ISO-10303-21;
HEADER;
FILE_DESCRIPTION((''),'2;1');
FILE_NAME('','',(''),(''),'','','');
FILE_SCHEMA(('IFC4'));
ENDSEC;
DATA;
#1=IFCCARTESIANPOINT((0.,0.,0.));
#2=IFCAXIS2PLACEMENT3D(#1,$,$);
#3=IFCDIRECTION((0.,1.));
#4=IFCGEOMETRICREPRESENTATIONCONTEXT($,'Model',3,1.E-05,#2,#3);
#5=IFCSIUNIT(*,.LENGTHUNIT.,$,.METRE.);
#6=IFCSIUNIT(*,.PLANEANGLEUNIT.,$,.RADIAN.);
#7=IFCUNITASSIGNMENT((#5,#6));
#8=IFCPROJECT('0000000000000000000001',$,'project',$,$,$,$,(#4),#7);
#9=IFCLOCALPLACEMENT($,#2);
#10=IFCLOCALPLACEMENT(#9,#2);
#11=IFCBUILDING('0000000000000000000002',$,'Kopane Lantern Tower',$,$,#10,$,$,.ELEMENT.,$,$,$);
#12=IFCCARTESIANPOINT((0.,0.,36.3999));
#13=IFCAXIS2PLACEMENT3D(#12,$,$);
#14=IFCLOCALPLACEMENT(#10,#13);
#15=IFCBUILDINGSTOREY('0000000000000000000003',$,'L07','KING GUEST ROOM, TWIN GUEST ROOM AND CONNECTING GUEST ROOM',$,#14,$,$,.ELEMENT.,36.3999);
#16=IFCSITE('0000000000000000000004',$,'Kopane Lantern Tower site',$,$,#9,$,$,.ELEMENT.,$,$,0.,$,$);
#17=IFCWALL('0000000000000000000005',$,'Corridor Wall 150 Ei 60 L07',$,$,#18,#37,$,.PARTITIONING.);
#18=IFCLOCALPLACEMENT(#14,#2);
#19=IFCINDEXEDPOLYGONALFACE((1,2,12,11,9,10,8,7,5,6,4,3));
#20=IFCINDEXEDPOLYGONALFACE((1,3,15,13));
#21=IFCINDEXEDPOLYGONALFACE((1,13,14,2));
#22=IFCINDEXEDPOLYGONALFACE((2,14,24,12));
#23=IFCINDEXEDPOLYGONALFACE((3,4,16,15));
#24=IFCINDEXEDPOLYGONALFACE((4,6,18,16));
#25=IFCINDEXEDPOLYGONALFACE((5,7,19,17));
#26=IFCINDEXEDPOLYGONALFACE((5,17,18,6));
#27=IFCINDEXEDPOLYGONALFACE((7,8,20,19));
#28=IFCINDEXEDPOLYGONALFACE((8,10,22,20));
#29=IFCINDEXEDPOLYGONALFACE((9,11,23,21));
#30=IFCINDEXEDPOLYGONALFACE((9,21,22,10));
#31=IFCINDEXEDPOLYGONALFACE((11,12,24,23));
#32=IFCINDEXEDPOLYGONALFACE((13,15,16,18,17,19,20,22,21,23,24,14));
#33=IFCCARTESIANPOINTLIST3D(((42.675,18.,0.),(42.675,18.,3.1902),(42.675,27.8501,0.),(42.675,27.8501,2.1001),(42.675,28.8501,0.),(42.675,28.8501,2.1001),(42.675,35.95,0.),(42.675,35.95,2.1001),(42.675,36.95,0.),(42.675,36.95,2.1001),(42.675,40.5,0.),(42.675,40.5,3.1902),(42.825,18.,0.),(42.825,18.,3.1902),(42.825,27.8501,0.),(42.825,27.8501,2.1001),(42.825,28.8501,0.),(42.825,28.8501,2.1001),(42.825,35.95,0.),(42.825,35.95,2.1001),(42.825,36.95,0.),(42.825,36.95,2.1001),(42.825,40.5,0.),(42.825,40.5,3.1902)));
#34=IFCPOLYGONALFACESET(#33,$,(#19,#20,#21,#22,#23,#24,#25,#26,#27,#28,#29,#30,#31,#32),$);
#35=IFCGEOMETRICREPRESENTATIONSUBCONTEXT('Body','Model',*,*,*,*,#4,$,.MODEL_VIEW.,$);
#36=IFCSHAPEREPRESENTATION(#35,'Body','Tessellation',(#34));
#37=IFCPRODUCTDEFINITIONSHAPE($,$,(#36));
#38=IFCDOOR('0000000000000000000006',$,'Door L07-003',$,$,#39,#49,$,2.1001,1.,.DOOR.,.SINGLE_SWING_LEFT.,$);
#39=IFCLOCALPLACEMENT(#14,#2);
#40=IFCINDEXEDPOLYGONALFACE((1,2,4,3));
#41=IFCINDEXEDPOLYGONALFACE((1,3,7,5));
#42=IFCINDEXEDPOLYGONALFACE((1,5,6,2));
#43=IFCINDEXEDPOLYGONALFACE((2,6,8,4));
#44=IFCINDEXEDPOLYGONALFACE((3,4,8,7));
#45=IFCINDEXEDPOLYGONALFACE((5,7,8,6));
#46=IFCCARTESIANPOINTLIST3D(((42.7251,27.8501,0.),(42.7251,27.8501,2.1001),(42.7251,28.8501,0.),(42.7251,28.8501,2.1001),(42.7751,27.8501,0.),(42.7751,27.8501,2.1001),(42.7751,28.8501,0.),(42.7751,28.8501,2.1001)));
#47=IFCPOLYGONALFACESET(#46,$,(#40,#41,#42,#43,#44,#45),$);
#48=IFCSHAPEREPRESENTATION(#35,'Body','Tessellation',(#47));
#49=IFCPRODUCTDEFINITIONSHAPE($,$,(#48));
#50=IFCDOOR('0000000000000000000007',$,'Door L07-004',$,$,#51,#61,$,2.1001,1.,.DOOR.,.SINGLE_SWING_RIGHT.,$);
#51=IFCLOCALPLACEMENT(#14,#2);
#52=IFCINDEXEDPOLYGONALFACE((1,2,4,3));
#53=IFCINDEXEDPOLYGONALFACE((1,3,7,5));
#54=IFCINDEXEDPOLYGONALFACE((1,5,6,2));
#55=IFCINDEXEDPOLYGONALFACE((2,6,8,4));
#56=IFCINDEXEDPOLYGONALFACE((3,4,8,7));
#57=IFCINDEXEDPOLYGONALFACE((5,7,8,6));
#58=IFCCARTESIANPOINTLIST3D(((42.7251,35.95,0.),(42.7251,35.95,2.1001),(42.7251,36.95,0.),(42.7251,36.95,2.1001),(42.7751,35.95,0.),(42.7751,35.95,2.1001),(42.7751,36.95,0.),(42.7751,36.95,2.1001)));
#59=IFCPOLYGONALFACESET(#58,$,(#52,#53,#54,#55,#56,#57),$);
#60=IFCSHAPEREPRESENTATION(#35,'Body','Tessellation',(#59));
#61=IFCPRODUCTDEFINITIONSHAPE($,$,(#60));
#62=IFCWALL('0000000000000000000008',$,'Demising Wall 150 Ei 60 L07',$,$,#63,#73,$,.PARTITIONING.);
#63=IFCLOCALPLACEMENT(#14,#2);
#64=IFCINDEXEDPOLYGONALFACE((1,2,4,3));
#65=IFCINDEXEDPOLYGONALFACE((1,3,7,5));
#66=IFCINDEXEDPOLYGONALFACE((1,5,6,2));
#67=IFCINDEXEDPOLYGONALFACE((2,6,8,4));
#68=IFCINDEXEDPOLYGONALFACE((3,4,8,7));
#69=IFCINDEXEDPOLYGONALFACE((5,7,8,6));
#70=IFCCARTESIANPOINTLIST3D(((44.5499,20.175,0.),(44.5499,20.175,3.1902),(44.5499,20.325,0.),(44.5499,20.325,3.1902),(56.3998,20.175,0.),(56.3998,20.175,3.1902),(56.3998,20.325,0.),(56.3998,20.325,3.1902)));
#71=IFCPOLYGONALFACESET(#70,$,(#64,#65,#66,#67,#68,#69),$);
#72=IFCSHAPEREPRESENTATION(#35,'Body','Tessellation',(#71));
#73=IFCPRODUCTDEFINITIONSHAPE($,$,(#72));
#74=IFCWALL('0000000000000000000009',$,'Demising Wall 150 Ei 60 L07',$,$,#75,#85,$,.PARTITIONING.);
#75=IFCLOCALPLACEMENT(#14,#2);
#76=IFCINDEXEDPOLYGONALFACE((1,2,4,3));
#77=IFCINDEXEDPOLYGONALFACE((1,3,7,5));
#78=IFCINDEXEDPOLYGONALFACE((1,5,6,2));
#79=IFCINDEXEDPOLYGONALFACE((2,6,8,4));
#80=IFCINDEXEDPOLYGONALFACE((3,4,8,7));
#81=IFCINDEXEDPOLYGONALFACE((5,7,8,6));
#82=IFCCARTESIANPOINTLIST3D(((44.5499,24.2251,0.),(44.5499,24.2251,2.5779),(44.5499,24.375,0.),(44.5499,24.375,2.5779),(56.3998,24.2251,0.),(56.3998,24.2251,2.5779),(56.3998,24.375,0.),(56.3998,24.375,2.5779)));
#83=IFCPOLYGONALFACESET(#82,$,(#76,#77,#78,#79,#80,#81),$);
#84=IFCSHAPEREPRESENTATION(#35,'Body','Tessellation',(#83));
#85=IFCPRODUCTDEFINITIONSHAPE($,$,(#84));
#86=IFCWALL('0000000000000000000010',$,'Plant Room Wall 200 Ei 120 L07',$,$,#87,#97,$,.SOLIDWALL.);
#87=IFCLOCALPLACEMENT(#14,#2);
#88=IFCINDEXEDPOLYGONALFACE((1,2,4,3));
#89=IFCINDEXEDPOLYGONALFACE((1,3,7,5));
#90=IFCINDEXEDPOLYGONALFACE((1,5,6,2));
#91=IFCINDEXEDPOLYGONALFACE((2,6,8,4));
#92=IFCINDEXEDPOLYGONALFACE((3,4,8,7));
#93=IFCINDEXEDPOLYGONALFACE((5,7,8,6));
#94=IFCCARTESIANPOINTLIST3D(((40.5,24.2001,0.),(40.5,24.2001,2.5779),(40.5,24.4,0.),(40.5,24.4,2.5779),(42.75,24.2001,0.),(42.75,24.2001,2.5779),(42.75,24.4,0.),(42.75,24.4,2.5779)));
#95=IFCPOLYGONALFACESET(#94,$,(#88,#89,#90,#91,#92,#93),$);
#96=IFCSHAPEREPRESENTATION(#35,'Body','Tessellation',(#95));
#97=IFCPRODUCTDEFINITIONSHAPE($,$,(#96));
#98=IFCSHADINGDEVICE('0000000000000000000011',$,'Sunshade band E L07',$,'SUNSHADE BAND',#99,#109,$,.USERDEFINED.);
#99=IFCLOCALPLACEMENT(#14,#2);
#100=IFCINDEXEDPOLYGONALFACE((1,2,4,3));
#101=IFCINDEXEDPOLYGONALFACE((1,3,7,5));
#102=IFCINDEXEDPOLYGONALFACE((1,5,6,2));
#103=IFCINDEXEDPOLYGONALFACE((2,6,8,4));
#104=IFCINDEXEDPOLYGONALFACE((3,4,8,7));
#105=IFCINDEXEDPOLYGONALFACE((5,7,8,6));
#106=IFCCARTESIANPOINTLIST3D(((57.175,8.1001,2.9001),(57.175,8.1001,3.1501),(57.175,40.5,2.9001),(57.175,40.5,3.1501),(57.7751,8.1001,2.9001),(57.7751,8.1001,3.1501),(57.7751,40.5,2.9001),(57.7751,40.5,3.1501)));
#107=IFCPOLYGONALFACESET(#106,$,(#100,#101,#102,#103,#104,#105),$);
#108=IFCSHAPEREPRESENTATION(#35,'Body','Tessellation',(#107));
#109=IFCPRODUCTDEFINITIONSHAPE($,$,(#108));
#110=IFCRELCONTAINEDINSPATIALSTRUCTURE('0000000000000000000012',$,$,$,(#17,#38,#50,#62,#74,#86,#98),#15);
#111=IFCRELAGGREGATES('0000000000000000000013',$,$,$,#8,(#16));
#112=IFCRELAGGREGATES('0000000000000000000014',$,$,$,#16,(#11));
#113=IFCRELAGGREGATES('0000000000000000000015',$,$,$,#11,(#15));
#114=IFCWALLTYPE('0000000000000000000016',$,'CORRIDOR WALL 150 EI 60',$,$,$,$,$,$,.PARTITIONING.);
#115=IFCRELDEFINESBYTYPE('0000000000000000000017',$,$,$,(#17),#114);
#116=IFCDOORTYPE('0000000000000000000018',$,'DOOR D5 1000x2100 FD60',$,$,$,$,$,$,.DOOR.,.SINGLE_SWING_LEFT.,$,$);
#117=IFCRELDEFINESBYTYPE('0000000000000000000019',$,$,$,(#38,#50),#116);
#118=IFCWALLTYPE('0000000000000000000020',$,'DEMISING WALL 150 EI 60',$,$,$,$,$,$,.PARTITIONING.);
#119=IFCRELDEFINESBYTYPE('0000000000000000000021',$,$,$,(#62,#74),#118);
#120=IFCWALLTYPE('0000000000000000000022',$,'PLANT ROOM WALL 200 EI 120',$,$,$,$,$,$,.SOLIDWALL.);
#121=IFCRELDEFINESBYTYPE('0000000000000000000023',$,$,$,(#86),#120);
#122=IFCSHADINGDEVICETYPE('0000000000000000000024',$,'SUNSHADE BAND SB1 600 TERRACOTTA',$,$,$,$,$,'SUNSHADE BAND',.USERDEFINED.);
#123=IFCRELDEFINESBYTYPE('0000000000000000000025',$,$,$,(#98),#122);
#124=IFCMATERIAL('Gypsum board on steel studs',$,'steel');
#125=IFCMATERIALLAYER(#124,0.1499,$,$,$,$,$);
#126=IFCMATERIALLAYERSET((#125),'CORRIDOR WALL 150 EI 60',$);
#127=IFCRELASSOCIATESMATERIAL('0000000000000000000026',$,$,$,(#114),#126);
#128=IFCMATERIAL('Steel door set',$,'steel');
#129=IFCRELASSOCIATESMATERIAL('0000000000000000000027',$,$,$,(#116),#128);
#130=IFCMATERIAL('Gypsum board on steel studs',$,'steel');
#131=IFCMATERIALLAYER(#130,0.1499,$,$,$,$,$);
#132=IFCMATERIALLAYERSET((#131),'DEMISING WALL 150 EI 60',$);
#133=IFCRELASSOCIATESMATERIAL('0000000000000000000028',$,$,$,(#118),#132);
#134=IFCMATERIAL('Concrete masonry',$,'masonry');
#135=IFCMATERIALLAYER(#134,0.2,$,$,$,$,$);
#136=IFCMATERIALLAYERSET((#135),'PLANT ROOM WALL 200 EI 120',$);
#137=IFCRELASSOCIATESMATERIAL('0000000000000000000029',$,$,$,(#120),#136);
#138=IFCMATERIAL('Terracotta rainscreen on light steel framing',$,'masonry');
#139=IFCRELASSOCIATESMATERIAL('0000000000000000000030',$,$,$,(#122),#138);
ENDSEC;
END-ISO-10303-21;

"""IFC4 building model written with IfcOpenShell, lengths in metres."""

from ifc_helpers import new_model, si_unit, direction, frame, frame_2d, origin, origin_2d, place, context, subcontext, project, spatial, rectangle, extrude, material, layer, layer_set, type_object, element, fill, save


model = new_model("IFC4")

# Units and contexts
model_context = context("Model", 3, precision=1e-05, world=origin(), true_north=direction((0.0, 1.0)))
body_context = subcontext(model_context, "Body", "Model", "MODEL_VIEW")
ifc_project = project(units=[si_unit("LENGTHUNIT", "METRE"), si_unit("PLANEANGLEUNIT", "RADIAN")], contexts=[model_context])

# Site, building, storey
site_placement = place(None, origin())
site = spatial("IfcSite", under=ifc_project, at=site_placement, Name="Kopane Lantern Tower site", CompositionType="ELEMENT", RefElevation=0.0)
building_placement = place(site_placement, origin())
building = spatial("IfcBuilding", under=site, at=building_placement, Name="Kopane Lantern Tower", CompositionType="ELEMENT")
storey_placement = place(building_placement, frame((0.0, 0.0, 36.3999)))
storey = spatial("IfcBuildingStorey", under=building, at=storey_placement, Name="L07", Description="KING GUEST ROOM, TWIN GUEST ROOM AND CONNECTING GUEST ROOM", CompositionType="ELEMENT", Elevation=36.3999)

# Wall, openings, doors
ifc_material_1 = material(Name="Gypsum board on steel studs", Category="steel")
ifc_layer_1 = layer(ifc_material_1, 0.1499)
ifc_layer_set_1 = layer_set([ifc_layer_1], Name="CORRIDOR WALL 150 EI 60")
wall_type_1 = type_object("IfcWallType", Name="CORRIDOR WALL 150 EI 60", PredefinedType="PARTITIONING", material=ifc_layer_set_1)
wall_1_placement = place(storey_placement, frame((42.75, 18.0, 0.0), z_axis=(0.0, 0.0, 1.0), x_axis=(0.0, 1.0, 0.0)))
wall_1 = element("IfcWall", 1, at=wall_1_placement, inside=storey, type_object=wall_type_1, Name="Corridor Wall 150 Ei 60 L07", PredefinedType="PARTITIONING", context=body_context, shape_type="SweptSolid", body=[
    extrude(rectangle(XDim=22.5, YDim=0.1499, at=frame_2d((11.25, 0.0))), origin(), (0.0, 0.0, 1.0), 3.1902),
])
opening_1_placement = place(wall_1_placement, frame((9.8501, 0.0, 0.0)))
opening_1 = element("IfcOpeningElement", 2, at=opening_1_placement, cuts=wall_1, PredefinedType="OPENING", context=body_context, shape_type="SweptSolid", body=[
    extrude(rectangle(XDim=1.0, YDim=2.1001, at=frame_2d((0.5, 1.05))), frame((0.0, 0.085, 0.0), z_axis=(0.0, -1.0, 0.0), x_axis=(1.0, 0.0, 0.0)), (0.0, 0.0, 1.0), 0.1699),
])
opening_2_placement = place(wall_1_placement, frame((17.95, 0.0, 0.0)))
opening_2 = element("IfcOpeningElement", 3, at=opening_2_placement, cuts=wall_1, PredefinedType="OPENING", context=body_context, shape_type="SweptSolid", body=[
    extrude(rectangle(XDim=1.0, YDim=2.1001, at=frame_2d((0.5, 1.05))), frame((0.0, 0.085, 0.0), z_axis=(0.0, -1.0, 0.0), x_axis=(1.0, 0.0, 0.0)), (0.0, 0.0, 1.0), 0.1699),
])
ifc_material_2 = material(Name="Steel door set", Category="steel")
door_type_1 = type_object("IfcDoorType", Name="DOOR D5 1000x2100 FD60", OperationType="SINGLE_SWING_LEFT", PredefinedType="DOOR", material=ifc_material_2)
door_1_placement = place(opening_1_placement, origin())
door_1 = element("IfcDoor", 4, at=door_1_placement, inside=storey, type_object=door_type_1, Name="Door L07-003", OperationType="SINGLE_SWING_LEFT", OverallHeight=2.1001, OverallWidth=1.0, PredefinedType="DOOR", context=body_context, shape_type="SweptSolid", body=[
    extrude(rectangle(XDim=1.0, YDim=2.1001, at=frame_2d((0.5, 1.05))), frame((0.0, 0.0249, 0.0), z_axis=(0.0, -1.0, 0.0), x_axis=(1.0, 0.0, 0.0)), (0.0, 0.0, 1.0), 0.05),
])
fill(opening_1, door_1)
door_2_placement = place(opening_2_placement, origin())
door_2 = element("IfcDoor", 5, at=door_2_placement, inside=storey, type_object=door_type_1, Name="Door L07-004", OperationType="SINGLE_SWING_RIGHT", OverallHeight=2.1001, OverallWidth=1.0, PredefinedType="DOOR", context=body_context, shape_type="SweptSolid", body=[
    extrude(rectangle(XDim=1.0, YDim=2.1001, at=frame_2d((0.5, 1.05))), frame((0.0, 0.0249, 0.0), z_axis=(0.0, -1.0, 0.0), x_axis=(1.0, 0.0, 0.0)), (0.0, 0.0, 1.0), 0.05),
])
fill(opening_2, door_2)

# Walls
ifc_material_3 = material(Name="Gypsum board on steel studs", Category="steel")
ifc_layer_2 = layer(ifc_material_3, 0.1499)
ifc_layer_set_2 = layer_set([ifc_layer_2], Name="DEMISING WALL 150 EI 60")
wall_type_2 = type_object("IfcWallType", Name="DEMISING WALL 150 EI 60", PredefinedType="PARTITIONING", material=ifc_layer_set_2)
wall_2_placement = place(storey_placement, frame((44.55, 20.25, 0.0), z_axis=(0.0, 0.0, 1.0), x_axis=(1.0, 0.0, 0.0)))
element("IfcWall", 6, at=wall_2_placement, inside=storey, type_object=wall_type_2, Name="Demising Wall 150 Ei 60 L07", PredefinedType="PARTITIONING", context=body_context, shape_type="SweptSolid", body=[
    extrude(rectangle(XDim=11.8499, YDim=0.1499, at=frame_2d((5.9248, 0.0))), origin(), (0.0, 0.0, 1.0), 3.1902),
])
wall_3_placement = place(storey_placement, frame((44.55, 24.3, 0.0), z_axis=(0.0, 0.0, 1.0), x_axis=(1.0, 0.0, 0.0)))
element("IfcWall", 7, at=wall_3_placement, inside=storey, type_object=wall_type_2, Name="Demising Wall 150 Ei 60 L07", PredefinedType="PARTITIONING", context=body_context, shape_type="SweptSolid", body=[
    extrude(rectangle(XDim=11.8499, YDim=0.1499, at=frame_2d((5.9248, 0.0))), origin(), (0.0, 0.0, 1.0), 2.5779),
])
ifc_material_4 = material(Name="Concrete masonry", Category="masonry")
ifc_layer_3 = layer(ifc_material_4, 0.2)
ifc_layer_set_3 = layer_set([ifc_layer_3], Name="PLANT ROOM WALL 200 EI 120")
wall_type_3 = type_object("IfcWallType", Name="PLANT ROOM WALL 200 EI 120", PredefinedType="SOLIDWALL", material=ifc_layer_set_3)
wall_4_placement = place(storey_placement, frame((40.5, 24.3, 0.0), z_axis=(0.0, 0.0, 1.0), x_axis=(1.0, 0.0, 0.0)))
element("IfcWall", 8, at=wall_4_placement, inside=storey, type_object=wall_type_3, Name="Plant Room Wall 200 Ei 120 L07", PredefinedType="SOLIDWALL", context=body_context, shape_type="SweptSolid", body=[
    extrude(rectangle(XDim=2.25, YDim=0.2, at=frame_2d((1.125, 0.0))), origin(), (0.0, 0.0, 1.0), 2.5779),
])

# Shading device
ifc_material_5 = material(Name="Terracotta rainscreen on light steel framing", Category="masonry")
shading_device_type = type_object("IfcShadingDeviceType", Name="SUNSHADE BAND SB1 600 TERRACOTTA", ElementType="SUNSHADE BAND", PredefinedType="USERDEFINED", material=ifc_material_5)
shading_device_placement = place(storey_placement, frame((57.4751, 24.3, 2.9001), z_axis=(0.0, 0.0, 1.0), x_axis=(0.0, 1.0, 0.0)))
element("IfcShadingDevice", 9, at=shading_device_placement, inside=storey, type_object=shading_device_type, Name="Sunshade band E L07", ObjectType="SUNSHADE BAND", PredefinedType="USERDEFINED", context=body_context, shape_type="SweptSolid", body=[
    extrude(rectangle(XDim=32.3999, YDim=0.6001, at=origin_2d()), origin(), (0.0, 0.0, 1.0), 0.25),
])

save(model, "model.ifc")
